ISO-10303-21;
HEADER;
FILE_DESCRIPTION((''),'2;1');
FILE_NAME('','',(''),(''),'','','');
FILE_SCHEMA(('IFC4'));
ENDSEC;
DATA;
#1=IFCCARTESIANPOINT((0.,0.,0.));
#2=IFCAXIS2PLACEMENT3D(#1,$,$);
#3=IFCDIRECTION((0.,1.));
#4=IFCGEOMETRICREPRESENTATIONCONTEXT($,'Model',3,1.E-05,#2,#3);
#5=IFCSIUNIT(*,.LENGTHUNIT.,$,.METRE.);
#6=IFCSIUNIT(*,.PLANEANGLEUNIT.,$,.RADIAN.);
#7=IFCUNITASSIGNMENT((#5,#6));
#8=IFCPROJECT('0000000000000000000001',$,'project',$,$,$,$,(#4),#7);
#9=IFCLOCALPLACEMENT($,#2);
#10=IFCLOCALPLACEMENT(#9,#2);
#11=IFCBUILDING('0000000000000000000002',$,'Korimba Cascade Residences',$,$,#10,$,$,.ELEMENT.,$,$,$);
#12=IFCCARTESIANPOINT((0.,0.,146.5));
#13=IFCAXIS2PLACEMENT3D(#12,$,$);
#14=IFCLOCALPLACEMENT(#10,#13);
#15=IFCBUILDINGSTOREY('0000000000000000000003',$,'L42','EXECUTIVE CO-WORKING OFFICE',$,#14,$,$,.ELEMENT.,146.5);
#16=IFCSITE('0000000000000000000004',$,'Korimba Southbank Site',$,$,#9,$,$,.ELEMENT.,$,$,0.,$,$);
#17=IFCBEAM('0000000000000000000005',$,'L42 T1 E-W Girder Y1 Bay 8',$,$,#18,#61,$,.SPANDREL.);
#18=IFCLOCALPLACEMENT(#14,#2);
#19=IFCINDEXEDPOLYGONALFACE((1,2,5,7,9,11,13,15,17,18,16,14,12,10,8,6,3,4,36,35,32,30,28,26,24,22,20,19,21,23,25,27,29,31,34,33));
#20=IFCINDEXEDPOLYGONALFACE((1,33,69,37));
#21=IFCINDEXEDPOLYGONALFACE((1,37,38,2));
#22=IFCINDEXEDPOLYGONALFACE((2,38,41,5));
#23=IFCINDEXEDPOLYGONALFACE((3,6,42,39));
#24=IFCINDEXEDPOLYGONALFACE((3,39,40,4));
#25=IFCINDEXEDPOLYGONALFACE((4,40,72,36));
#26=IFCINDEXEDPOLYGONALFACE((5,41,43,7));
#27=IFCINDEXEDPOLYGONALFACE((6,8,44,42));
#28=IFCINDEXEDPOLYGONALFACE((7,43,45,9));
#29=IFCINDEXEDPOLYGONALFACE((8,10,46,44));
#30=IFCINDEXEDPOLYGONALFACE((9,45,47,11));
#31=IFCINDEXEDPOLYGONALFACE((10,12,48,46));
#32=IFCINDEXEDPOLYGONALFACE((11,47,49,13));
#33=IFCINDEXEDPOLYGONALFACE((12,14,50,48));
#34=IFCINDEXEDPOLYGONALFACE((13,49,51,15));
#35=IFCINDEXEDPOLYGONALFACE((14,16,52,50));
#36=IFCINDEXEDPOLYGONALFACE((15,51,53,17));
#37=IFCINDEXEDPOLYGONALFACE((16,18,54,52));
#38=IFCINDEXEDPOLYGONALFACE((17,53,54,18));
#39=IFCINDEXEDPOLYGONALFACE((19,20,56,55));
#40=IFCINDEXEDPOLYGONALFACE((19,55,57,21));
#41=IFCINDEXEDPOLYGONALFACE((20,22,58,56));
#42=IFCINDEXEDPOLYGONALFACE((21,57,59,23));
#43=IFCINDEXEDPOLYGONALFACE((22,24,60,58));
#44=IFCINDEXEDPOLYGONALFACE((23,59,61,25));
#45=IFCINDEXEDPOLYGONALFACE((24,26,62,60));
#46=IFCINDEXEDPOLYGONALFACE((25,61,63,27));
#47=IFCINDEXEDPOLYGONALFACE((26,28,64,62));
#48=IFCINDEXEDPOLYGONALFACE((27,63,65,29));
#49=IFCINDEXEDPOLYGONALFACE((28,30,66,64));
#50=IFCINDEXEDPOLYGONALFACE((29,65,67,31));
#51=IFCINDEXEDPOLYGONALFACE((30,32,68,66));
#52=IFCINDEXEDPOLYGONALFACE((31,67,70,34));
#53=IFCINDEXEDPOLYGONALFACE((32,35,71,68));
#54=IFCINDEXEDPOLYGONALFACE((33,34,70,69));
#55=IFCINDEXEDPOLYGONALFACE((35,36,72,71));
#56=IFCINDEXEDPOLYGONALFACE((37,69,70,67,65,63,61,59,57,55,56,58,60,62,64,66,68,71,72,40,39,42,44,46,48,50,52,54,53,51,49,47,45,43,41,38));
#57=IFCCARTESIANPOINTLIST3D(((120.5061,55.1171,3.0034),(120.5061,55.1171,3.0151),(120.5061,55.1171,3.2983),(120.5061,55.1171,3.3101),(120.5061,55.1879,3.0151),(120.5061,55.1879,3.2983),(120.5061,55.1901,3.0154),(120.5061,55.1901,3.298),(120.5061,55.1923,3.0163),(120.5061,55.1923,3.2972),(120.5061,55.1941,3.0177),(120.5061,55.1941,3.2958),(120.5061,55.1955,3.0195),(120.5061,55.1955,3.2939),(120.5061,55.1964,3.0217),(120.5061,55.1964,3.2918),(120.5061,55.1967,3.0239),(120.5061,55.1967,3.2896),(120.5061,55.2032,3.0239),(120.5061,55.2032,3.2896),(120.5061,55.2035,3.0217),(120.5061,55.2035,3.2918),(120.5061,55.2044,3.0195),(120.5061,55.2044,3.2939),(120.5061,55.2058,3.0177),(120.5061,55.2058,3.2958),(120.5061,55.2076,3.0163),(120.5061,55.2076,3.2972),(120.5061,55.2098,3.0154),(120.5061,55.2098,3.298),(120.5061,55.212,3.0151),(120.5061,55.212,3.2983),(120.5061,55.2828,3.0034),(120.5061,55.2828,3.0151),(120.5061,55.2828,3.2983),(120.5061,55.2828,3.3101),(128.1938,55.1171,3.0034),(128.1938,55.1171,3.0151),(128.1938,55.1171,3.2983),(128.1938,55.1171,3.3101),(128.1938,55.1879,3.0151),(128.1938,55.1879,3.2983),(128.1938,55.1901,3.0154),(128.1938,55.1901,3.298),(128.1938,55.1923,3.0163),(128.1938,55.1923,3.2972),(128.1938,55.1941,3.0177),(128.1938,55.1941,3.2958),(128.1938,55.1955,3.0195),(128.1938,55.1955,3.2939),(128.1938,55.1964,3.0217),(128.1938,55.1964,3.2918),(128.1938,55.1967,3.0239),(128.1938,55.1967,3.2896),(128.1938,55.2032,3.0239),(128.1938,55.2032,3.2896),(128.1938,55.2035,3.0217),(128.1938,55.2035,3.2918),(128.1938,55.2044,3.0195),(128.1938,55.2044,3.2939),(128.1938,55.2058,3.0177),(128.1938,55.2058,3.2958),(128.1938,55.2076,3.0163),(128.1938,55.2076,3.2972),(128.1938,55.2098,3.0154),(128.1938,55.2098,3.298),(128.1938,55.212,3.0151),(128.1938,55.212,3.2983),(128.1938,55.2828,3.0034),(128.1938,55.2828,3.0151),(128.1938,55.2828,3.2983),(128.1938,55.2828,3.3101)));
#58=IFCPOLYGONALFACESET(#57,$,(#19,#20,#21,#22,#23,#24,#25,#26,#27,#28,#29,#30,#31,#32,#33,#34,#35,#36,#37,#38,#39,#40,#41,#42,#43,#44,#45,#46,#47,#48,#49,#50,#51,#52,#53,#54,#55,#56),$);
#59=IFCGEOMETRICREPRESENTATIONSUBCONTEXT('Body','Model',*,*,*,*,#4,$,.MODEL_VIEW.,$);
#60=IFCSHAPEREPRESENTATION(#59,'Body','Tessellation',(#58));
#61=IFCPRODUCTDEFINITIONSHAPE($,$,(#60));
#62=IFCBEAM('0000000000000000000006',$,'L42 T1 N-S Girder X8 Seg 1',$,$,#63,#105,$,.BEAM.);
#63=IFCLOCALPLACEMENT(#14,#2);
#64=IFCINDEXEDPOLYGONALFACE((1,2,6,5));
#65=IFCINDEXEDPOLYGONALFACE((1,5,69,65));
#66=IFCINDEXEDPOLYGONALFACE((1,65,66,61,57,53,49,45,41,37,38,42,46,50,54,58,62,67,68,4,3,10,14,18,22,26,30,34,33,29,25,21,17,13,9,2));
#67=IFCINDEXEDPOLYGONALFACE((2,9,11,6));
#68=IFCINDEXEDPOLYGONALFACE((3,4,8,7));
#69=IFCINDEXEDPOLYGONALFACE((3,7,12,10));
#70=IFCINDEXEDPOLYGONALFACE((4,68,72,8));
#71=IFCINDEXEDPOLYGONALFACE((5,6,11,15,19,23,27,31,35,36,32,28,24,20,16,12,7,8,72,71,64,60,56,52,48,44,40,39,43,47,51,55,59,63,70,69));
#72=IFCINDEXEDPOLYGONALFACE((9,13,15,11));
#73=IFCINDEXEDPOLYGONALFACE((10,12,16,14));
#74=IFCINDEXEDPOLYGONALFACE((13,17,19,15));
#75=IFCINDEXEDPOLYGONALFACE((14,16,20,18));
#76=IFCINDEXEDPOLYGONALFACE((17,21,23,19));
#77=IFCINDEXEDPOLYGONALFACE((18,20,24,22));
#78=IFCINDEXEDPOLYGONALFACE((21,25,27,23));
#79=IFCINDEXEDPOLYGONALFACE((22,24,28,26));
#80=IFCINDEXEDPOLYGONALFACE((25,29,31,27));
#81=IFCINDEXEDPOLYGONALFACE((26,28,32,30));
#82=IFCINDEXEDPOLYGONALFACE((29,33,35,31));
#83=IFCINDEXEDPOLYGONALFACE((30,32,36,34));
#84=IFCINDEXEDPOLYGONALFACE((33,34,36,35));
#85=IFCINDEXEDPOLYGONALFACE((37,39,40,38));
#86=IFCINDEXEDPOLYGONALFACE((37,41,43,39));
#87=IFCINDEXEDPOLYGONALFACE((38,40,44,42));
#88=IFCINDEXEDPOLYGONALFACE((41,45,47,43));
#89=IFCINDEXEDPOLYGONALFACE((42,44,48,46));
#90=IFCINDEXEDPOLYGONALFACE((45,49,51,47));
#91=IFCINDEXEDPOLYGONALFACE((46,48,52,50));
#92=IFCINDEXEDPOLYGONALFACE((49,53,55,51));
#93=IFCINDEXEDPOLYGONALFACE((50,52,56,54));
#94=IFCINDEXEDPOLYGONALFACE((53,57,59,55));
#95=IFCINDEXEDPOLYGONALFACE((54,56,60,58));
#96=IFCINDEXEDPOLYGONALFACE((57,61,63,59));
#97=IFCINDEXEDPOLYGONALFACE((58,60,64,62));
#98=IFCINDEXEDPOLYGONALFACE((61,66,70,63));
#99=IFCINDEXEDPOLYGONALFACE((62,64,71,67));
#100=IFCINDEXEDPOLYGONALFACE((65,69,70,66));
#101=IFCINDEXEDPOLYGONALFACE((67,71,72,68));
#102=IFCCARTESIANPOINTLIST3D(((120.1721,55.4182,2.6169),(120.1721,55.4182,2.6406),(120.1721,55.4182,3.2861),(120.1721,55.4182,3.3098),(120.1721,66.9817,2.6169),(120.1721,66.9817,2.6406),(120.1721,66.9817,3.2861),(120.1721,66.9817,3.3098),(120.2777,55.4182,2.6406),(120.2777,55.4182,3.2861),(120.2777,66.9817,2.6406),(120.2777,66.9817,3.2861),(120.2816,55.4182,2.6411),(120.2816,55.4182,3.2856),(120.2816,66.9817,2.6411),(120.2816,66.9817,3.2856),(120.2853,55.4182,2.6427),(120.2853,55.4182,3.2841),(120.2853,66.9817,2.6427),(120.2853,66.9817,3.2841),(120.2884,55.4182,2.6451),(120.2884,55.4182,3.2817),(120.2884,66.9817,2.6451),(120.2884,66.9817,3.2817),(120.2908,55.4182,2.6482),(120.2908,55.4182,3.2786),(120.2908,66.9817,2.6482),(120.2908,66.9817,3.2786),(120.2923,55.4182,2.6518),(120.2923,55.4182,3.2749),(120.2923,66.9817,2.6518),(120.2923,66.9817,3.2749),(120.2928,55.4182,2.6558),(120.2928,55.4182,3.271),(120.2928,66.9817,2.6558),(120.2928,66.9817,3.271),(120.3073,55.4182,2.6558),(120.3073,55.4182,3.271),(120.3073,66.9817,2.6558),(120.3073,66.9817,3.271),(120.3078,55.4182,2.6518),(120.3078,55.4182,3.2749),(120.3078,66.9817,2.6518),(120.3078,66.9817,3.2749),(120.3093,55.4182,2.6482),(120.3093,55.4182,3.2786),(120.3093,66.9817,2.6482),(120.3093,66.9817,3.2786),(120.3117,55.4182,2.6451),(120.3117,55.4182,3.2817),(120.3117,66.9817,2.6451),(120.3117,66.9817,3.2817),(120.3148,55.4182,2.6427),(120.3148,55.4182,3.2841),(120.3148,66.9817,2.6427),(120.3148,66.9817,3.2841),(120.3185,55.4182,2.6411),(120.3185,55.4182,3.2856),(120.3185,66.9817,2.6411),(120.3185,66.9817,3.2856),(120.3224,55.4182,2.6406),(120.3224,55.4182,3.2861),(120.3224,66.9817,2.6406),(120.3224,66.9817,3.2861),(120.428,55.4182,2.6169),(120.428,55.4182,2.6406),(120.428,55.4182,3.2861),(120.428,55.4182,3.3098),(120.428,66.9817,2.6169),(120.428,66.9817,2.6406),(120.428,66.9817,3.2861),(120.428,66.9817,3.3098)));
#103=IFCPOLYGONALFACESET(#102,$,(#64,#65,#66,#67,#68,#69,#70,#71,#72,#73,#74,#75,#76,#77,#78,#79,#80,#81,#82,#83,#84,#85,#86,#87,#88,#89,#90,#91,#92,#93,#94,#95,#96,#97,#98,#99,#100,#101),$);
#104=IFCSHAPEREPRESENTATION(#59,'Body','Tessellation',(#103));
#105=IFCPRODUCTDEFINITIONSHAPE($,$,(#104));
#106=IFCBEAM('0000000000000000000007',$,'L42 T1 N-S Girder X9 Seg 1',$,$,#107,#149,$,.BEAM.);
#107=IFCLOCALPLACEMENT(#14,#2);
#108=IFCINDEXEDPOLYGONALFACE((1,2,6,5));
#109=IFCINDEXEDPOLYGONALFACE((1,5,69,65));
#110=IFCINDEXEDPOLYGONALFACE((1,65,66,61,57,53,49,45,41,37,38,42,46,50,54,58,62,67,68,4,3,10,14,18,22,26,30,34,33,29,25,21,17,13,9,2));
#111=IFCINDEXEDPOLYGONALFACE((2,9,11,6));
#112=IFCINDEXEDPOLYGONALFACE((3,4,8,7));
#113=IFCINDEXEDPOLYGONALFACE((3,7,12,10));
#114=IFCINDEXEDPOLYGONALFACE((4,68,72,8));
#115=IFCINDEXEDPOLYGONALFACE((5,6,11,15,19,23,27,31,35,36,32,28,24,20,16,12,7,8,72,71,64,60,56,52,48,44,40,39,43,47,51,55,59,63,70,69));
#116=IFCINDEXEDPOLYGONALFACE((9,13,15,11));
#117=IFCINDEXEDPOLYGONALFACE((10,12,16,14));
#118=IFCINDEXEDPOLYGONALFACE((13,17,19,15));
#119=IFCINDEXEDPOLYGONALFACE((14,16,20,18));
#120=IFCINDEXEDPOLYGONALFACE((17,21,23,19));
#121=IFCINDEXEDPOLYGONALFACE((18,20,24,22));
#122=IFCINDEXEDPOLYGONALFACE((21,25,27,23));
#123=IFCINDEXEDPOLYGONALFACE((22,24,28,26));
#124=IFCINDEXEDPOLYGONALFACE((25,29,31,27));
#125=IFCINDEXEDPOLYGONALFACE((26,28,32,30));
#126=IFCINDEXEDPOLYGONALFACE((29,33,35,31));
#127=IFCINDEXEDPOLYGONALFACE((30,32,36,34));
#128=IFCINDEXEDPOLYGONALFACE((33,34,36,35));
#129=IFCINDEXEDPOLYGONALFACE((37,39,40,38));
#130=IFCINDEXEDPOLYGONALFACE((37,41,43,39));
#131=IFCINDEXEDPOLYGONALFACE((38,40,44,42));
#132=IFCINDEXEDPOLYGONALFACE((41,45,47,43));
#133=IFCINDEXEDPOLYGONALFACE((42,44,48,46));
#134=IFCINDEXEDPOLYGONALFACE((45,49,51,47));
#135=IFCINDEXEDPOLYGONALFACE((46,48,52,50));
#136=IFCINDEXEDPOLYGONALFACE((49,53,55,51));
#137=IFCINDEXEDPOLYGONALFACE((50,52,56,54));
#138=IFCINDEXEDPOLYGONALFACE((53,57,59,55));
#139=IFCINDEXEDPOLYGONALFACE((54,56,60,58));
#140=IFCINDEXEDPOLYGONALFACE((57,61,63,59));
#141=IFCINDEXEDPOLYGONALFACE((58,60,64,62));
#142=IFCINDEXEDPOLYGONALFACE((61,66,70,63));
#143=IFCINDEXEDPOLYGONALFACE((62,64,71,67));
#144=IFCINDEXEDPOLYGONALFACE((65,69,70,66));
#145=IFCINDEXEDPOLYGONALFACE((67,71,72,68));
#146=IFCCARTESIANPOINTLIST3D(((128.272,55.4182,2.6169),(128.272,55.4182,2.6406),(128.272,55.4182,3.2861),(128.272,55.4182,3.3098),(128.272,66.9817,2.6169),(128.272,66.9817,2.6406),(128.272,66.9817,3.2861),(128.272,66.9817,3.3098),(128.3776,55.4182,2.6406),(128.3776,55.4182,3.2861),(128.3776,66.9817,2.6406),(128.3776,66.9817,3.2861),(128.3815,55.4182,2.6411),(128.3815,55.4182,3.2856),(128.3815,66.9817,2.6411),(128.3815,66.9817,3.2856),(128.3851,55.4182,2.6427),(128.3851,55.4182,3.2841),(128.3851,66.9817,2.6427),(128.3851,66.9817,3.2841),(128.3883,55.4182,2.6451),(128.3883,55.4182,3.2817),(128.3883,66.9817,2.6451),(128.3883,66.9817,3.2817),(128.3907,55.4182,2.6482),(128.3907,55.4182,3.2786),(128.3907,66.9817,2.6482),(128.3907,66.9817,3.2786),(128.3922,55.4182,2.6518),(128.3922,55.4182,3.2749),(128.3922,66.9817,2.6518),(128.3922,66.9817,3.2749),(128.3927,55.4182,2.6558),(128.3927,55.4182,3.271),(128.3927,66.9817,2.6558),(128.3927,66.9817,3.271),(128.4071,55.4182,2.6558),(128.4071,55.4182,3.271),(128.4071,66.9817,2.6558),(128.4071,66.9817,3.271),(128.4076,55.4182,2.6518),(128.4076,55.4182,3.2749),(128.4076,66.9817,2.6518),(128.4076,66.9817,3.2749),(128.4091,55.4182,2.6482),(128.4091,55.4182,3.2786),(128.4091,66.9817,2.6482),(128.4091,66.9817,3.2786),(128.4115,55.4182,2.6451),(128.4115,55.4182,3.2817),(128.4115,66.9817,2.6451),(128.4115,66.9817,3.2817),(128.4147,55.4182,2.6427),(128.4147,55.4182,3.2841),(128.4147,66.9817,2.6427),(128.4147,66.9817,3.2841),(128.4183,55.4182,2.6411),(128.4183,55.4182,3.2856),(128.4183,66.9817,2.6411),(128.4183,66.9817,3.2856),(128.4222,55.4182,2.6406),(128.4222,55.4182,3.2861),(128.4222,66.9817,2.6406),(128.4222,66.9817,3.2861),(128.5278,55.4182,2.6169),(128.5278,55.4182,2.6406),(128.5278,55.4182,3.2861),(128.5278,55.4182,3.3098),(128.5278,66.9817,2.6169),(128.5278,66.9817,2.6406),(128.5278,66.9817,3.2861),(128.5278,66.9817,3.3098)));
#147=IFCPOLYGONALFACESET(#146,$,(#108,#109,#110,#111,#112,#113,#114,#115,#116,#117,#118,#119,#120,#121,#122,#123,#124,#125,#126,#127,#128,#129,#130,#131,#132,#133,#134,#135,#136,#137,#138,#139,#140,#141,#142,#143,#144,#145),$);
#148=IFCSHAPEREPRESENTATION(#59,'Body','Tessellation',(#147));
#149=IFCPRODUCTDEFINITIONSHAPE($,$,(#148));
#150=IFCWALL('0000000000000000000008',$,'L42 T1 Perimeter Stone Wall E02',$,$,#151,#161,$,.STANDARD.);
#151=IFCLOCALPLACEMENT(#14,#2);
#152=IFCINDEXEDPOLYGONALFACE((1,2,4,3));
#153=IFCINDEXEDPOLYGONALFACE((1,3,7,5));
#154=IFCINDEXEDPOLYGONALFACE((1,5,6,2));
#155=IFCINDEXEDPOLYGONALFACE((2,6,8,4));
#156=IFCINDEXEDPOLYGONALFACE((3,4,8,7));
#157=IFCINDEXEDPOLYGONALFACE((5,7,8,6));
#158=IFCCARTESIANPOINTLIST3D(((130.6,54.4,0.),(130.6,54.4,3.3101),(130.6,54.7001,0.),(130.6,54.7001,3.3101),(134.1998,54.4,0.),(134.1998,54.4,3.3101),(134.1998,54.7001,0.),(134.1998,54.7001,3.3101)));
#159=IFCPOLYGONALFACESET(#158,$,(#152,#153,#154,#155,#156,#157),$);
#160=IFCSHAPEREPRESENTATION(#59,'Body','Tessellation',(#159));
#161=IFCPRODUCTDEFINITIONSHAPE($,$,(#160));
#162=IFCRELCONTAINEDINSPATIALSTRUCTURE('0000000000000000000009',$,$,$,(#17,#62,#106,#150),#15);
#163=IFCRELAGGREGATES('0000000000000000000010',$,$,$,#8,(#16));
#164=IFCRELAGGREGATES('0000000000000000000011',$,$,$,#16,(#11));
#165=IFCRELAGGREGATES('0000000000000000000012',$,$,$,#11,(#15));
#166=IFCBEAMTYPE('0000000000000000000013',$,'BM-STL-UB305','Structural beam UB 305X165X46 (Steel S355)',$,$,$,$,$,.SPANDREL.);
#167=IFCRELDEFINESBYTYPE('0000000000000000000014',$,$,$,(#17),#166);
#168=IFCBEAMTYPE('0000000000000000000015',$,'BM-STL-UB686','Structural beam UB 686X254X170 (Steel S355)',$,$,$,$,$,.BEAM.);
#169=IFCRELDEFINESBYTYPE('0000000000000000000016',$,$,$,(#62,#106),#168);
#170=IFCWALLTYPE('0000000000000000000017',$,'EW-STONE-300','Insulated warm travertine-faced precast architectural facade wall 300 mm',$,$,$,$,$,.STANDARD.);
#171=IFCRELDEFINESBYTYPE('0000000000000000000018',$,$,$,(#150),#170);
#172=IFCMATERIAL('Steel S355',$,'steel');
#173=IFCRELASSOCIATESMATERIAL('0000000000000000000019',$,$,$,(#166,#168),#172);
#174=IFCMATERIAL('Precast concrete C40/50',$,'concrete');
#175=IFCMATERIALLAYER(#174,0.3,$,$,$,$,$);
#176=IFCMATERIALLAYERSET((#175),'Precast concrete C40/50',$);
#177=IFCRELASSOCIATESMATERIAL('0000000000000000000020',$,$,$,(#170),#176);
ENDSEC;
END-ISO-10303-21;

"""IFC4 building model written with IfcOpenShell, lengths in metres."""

from ifc_helpers import new_model, si_unit, direction, frame, frame_2d, origin, origin_2d, place, context, subcontext, project, spatial, rectangle, i_section, extrude, material, layer, layer_set, material_profile, profile_set, type_object, element, save


model = new_model("IFC4")

# Units and contexts
model_context = context("Model", 3, precision=1e-05, world=origin(), true_north=direction((0.0, 1.0)))
body_context = subcontext(model_context, "Body", "Model", "MODEL_VIEW")
ifc_project = project(units=[si_unit("LENGTHUNIT", "METRE"), si_unit("PLANEANGLEUNIT", "RADIAN")], contexts=[model_context])

# Site, building, storey
site_placement = place(None, origin())
site = spatial("IfcSite", under=ifc_project, at=site_placement, Name="Korimba Southbank Site", CompositionType="ELEMENT", RefElevation=0.0)
building_placement = place(site_placement, origin())
building = spatial("IfcBuilding", under=site, at=building_placement, Name="Korimba Cascade Residences", CompositionType="ELEMENT")
storey_placement = place(building_placement, frame((0.0, 0.0, 146.5)))
storey = spatial("IfcBuildingStorey", under=building, at=storey_placement, Name="L42", Description="EXECUTIVE CO-WORKING OFFICE", CompositionType="ELEMENT", Elevation=146.5)

# Beams
ifc_material_1 = material(Name="Steel S355", Category="steel")
ifc_material_profile_1 = material_profile(ifc_material_1, i_section(OverallWidth=0.1658, OverallDepth=0.3066, WebThickness=0.0066, FlangeThickness=0.0117, FilletRadius=0.0088, at=origin_2d()), Name="Steel S355")
ifc_profile_set_1 = profile_set([ifc_material_profile_1], Name="Steel S355")
beam_type_1 = type_object("IfcBeamType", Name="BM-STL-UB305", Description="Structural beam UB 305X165X46 (Steel S355)", PredefinedType="SPANDREL", material=ifc_profile_set_1)
beam_1_placement = place(storey_placement, frame((120.5061, 55.2, 3.1567), z_axis=(1.0, 0.0, 0.0), x_axis=(0.0, 1.0, 0.0)))
element("IfcBeam", 1, at=beam_1_placement, inside=storey, type_object=beam_type_1, Name="L42 T1 E-W Girder Y1 Bay 8", PredefinedType="SPANDREL", context=body_context, shape_type="SweptSolid", body=[
    extrude(i_section(OverallWidth=0.1658, OverallDepth=0.3066, WebThickness=0.0066, FlangeThickness=0.0117, FilletRadius=0.0088, at=origin_2d()), origin(), (0.0, 0.0, 1.0), 7.6877),
])
ifc_material_profile_2 = material_profile(ifc_material_1, i_section(OverallWidth=0.2559, OverallDepth=0.6929, WebThickness=0.0144, FlangeThickness=0.0237, FilletRadius=0.0151, at=origin_2d()), Name="Steel S355")
ifc_profile_set_2 = profile_set([ifc_material_profile_2], Name="Steel S355")
beam_type_2 = type_object("IfcBeamType", Name="BM-STL-UB686", Description="Structural beam UB 686X254X170 (Steel S355)", PredefinedType="BEAM", material=ifc_profile_set_2)
for number, where, z_axis, x_axis, name in (
    (2, (120.3, 55.4182, 2.9634), (0.0, 1.0, 0.0), (-1.0, 0.0, 0.0), "L42 T1 N-S Girder X8 Seg 1"),
    (3, (128.3999, 55.4182, 2.9634), (0.0, 1.0, 0.0), (-1.0, 0.0, 0.0), "L42 T1 N-S Girder X9 Seg 1"),
):
    element("IfcBeam", number, at=place(storey_placement, frame(where, z_axis=z_axis, x_axis=x_axis)), inside=storey, type_object=beam_type_2, Name=name, PredefinedType="BEAM", context=body_context, shape_type="SweptSolid", body=[
        extrude(i_section(OverallWidth=0.2559, OverallDepth=0.6929, WebThickness=0.0144, FlangeThickness=0.0237, FilletRadius=0.0151, at=origin_2d()), origin(), (0.0, 0.0, 1.0), 11.5635),
    ])

# Wall
ifc_material_2 = material(Name="Precast concrete C40/50", Category="concrete")
ifc_layer_1 = layer(ifc_material_2, 0.3)
ifc_layer_set_1 = layer_set([ifc_layer_1], Name="Precast concrete C40/50")
wall_type_1 = type_object("IfcWallType", Name="EW-STONE-300", Description="Insulated warm travertine-faced precast architectural facade wall 300 mm", PredefinedType="STANDARD", material=ifc_layer_set_1)
wall_1_placement = place(storey_placement, frame((130.6001, 54.55, 0.0), z_axis=(0.0, 0.0, 1.0), x_axis=(1.0, 0.0, 0.0)))
element("IfcWall", 4, at=wall_1_placement, inside=storey, type_object=wall_type_1, Name="L42 T1 Perimeter Stone Wall E02", PredefinedType="STANDARD", context=body_context, shape_type="SweptSolid", body=[
    extrude(rectangle(XDim=3.5999, YDim=0.3, at=frame_2d((1.7998, 0.0))), origin(), (0.0, 0.0, 1.0), 3.3101),
])

save(model, "model.ifc")
